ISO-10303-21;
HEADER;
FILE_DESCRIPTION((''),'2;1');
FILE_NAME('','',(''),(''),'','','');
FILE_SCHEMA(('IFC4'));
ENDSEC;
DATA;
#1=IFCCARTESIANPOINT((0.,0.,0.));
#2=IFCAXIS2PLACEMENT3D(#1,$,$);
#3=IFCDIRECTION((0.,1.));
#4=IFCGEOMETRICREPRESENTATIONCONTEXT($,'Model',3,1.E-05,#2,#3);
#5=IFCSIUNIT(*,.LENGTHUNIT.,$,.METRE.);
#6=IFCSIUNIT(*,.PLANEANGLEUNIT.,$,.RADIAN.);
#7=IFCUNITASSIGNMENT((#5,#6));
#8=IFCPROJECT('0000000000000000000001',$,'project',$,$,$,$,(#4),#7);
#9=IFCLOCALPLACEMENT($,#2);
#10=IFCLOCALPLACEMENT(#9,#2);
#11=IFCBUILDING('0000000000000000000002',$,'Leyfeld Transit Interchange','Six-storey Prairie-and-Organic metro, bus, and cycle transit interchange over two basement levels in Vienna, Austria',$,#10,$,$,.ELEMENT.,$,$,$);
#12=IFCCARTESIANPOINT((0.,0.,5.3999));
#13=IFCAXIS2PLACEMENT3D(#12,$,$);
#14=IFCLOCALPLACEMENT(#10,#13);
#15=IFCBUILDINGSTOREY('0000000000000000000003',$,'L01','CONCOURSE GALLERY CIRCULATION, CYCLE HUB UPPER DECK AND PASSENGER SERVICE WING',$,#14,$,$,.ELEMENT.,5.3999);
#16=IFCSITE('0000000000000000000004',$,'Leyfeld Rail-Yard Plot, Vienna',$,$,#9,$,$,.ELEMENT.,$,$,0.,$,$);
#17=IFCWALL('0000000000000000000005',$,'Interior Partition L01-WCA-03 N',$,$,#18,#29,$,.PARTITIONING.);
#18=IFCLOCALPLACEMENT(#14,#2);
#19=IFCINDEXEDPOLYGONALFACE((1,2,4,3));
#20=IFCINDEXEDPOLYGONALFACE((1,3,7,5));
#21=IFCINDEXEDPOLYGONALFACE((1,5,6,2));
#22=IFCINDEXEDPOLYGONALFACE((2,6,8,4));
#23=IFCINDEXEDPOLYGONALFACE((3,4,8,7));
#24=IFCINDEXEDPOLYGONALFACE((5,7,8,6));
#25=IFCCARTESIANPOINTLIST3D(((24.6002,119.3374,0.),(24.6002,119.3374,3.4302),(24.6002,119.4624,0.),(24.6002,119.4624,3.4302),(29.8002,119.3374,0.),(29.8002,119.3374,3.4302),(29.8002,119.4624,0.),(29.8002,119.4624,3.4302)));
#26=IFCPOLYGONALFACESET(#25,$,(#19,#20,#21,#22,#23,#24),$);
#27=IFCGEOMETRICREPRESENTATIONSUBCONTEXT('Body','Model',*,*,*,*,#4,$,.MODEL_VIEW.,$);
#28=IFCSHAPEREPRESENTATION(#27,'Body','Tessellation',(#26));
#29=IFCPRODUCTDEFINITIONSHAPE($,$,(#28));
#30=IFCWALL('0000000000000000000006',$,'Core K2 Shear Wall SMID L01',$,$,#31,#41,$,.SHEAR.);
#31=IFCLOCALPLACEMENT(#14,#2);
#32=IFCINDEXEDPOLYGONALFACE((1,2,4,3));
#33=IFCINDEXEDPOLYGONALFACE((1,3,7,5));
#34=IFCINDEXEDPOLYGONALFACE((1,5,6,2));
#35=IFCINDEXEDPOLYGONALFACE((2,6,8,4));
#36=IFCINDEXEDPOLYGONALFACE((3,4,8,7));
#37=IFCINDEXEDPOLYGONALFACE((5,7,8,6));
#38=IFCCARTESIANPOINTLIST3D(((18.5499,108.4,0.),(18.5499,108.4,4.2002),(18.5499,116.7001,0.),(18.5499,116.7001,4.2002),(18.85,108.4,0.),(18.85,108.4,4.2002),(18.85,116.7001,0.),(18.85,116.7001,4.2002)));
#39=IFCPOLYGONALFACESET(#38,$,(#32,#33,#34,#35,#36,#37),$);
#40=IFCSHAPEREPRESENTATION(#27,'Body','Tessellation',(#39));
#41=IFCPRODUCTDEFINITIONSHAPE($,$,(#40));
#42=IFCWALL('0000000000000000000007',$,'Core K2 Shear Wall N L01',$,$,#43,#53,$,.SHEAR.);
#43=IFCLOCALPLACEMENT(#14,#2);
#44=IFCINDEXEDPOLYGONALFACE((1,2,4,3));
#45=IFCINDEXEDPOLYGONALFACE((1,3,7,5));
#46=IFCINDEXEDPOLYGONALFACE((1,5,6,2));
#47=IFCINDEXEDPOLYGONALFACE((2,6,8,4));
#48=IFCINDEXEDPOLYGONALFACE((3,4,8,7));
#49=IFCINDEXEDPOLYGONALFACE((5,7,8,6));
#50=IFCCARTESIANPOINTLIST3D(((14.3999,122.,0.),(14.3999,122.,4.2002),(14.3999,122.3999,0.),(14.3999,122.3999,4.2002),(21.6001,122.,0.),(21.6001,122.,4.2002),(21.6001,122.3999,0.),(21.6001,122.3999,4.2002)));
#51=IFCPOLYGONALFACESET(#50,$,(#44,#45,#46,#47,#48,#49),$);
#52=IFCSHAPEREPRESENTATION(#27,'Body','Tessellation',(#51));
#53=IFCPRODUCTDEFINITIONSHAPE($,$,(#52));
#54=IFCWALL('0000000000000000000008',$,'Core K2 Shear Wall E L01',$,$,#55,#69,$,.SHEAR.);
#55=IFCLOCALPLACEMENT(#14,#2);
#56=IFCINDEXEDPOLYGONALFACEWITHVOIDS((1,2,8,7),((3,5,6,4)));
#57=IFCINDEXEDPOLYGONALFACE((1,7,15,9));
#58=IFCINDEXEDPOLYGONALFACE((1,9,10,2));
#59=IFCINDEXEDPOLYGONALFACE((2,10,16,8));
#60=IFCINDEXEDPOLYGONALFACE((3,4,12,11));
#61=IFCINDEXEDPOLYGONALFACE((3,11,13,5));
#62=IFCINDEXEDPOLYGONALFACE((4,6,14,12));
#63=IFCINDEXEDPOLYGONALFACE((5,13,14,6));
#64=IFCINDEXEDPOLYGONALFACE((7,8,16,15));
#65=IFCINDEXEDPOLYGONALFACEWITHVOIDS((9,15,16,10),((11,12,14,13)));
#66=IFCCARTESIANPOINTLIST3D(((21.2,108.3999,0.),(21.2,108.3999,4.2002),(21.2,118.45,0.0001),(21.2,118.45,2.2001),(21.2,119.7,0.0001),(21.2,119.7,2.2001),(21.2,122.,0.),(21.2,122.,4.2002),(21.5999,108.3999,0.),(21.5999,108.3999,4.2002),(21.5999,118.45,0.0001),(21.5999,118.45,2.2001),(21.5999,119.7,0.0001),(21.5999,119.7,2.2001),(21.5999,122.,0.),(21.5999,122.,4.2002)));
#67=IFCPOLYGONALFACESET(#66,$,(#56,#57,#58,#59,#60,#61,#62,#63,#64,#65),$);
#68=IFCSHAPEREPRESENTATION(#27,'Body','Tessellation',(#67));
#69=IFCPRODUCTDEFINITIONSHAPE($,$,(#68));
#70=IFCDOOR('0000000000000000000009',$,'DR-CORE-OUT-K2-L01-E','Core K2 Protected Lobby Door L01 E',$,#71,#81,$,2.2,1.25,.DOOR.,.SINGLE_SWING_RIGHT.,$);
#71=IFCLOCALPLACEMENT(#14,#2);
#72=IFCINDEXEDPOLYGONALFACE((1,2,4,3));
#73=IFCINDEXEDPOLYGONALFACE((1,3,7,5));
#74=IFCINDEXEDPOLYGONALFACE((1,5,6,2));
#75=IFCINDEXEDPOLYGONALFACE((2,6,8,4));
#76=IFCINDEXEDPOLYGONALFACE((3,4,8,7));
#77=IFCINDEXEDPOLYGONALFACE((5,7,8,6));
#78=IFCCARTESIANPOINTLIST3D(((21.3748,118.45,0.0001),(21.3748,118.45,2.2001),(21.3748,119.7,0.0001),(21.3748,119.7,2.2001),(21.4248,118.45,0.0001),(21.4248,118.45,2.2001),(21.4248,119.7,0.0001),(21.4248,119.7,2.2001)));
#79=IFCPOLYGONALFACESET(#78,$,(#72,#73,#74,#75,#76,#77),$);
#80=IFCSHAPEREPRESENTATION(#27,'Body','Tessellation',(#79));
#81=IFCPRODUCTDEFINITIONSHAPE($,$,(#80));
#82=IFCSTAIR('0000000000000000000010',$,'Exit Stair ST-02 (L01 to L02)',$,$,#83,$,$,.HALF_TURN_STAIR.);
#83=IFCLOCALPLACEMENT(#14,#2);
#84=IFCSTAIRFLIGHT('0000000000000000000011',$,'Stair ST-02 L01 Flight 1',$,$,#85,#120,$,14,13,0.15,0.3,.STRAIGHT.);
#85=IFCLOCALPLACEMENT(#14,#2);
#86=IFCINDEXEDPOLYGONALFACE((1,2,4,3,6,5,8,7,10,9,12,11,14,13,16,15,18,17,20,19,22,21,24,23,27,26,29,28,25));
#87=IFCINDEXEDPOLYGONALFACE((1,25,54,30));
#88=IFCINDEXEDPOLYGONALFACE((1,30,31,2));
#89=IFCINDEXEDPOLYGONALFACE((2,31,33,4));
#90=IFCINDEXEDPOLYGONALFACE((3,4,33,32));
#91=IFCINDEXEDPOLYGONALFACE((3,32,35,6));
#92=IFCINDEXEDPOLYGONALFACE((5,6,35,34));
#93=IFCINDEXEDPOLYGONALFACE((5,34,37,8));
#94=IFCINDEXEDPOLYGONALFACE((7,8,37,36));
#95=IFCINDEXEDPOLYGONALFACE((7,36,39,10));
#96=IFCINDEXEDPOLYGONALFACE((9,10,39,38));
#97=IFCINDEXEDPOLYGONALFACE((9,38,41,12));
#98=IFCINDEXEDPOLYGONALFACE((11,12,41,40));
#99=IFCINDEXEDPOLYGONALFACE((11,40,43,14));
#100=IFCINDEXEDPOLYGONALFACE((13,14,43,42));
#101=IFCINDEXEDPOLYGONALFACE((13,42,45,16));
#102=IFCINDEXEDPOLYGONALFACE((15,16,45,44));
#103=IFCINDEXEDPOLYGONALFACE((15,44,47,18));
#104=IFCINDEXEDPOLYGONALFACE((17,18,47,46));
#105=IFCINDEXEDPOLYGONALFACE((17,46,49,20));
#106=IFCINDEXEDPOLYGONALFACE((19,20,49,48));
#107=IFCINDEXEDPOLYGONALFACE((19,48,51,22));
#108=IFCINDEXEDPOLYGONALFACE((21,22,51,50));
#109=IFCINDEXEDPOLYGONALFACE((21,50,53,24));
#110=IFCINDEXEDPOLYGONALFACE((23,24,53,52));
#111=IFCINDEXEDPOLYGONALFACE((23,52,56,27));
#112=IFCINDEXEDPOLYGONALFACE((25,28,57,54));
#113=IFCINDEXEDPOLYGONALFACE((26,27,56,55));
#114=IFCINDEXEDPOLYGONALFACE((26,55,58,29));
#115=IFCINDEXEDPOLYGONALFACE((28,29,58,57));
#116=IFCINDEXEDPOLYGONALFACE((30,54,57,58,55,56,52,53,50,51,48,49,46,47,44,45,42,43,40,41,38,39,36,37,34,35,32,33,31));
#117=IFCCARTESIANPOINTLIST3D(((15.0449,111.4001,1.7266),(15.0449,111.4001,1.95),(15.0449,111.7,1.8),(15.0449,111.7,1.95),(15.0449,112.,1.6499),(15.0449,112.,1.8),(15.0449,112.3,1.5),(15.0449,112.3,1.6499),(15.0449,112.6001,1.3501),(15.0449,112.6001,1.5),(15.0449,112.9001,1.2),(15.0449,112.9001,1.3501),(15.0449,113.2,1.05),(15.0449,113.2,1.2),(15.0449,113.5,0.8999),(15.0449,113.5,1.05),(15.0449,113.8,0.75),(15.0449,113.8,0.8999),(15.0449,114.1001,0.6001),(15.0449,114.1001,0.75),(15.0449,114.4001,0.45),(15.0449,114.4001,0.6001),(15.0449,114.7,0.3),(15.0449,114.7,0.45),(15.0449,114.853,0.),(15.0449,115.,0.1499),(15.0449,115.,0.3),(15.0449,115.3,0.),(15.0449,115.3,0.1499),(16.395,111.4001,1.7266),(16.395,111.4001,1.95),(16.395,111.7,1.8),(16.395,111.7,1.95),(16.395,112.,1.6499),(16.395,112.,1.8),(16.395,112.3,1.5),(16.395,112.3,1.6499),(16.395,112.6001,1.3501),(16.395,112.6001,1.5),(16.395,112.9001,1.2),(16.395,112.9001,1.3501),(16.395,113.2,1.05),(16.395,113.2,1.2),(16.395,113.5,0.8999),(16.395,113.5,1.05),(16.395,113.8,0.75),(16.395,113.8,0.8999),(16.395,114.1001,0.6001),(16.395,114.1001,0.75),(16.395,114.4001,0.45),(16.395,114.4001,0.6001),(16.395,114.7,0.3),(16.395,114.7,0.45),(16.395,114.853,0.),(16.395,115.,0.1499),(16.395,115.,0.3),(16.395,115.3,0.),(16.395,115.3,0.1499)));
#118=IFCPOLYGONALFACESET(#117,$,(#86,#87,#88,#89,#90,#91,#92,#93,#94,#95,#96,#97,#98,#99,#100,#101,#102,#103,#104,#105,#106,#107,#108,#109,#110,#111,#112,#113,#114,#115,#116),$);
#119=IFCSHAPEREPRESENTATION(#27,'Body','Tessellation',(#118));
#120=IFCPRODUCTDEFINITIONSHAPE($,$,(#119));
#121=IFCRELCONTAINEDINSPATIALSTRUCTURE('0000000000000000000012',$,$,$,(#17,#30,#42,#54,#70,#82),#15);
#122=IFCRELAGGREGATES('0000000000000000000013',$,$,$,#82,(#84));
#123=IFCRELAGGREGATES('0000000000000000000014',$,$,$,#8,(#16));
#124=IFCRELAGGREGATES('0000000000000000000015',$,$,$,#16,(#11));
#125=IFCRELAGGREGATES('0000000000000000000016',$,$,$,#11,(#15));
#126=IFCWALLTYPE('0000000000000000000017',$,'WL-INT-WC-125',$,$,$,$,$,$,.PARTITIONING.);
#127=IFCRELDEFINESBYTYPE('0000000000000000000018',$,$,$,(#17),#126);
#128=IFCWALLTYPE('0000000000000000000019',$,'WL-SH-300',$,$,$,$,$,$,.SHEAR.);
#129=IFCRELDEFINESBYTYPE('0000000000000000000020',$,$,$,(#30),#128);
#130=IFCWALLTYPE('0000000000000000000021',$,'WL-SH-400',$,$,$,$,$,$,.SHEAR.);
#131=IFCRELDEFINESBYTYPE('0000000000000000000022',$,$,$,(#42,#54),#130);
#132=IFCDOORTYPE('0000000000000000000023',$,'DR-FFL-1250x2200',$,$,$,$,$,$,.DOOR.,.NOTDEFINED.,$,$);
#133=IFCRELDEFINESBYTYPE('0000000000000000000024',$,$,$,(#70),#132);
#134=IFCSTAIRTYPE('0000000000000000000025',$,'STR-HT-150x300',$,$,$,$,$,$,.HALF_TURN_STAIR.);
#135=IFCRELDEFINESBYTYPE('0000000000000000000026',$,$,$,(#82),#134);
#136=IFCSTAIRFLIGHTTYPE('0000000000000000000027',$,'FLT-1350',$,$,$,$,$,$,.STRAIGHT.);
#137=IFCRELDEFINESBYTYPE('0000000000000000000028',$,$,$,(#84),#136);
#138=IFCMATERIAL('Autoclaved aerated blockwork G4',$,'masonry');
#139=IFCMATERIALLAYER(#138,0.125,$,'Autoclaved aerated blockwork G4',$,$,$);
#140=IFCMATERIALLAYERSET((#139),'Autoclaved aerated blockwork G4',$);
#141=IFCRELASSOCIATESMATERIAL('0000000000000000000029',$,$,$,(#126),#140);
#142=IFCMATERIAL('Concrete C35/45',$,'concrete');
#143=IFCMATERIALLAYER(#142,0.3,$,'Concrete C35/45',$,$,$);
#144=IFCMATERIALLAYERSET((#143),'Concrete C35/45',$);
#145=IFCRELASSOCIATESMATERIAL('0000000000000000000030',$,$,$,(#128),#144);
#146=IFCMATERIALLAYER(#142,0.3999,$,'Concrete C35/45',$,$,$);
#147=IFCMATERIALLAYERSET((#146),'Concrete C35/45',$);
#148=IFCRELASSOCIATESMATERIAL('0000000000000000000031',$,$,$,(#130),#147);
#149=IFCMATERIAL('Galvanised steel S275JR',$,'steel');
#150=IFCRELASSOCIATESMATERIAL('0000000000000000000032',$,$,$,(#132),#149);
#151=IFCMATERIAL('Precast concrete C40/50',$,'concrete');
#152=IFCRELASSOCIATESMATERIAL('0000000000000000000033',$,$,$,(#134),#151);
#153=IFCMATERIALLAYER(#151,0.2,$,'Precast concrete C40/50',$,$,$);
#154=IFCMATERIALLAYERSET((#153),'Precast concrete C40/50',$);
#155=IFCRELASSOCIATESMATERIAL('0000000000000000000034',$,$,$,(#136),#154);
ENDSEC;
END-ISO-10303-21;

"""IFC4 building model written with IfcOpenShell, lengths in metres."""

from ifc_helpers import new_model, si_unit, direction, frame, frame_2d, origin, place, context, subcontext, project, spatial, polyline, rectangle, outline, extrude, material, layer, layer_set, type_object, element, fill, aggregate, save


model = new_model("IFC4")

# Units and contexts
model_context = context("Model", 3, precision=1e-05, world=origin(), true_north=direction((0.0, 1.0)))
body_context = subcontext(model_context, "Body", "Model", "MODEL_VIEW")
ifc_project = project(units=[si_unit("LENGTHUNIT", "METRE"), si_unit("PLANEANGLEUNIT", "RADIAN")], contexts=[model_context])

# Site, building, storey
site_placement = place(None, origin())
site = spatial("IfcSite", under=ifc_project, at=site_placement, Name="Leyfeld Rail-Yard Plot, Vienna", CompositionType="ELEMENT", RefElevation=0.0)
building_placement = place(site_placement, origin())
building = spatial("IfcBuilding", under=site, at=building_placement, Name="Leyfeld Transit Interchange", Description="Six-storey Prairie-and-Organic metro, bus, and cycle transit interchange over two basement levels in Vienna, Austria", CompositionType="ELEMENT")
storey_placement = place(building_placement, frame((0.0, 0.0, 5.3999)))
storey = spatial("IfcBuildingStorey", under=building, at=storey_placement, Name="L01", Description="CONCOURSE GALLERY CIRCULATION, CYCLE HUB UPPER DECK AND PASSENGER SERVICE WING", CompositionType="ELEMENT", Elevation=5.3999)

# Shared definitions
ifc_material_1 = material(Name="Concrete C35/45", Category="concrete")

# Walls
ifc_material_2 = material(Name="Autoclaved aerated blockwork G4", Category="masonry")
ifc_layer_1 = layer(ifc_material_2, 0.125, Name="Autoclaved aerated blockwork G4")
ifc_layer_set_1 = layer_set([ifc_layer_1], Name="Autoclaved aerated blockwork G4")
wall_type_1 = type_object("IfcWallType", Name="WL-INT-WC-125", PredefinedType="PARTITIONING", material=ifc_layer_set_1)
wall_1_placement = place(storey_placement, frame((24.6001, 119.3999, 0.0), z_axis=(0.0, 0.0, 1.0), x_axis=(1.0, 0.0, 0.0)))
element("IfcWall", 1, at=wall_1_placement, inside=storey, type_object=wall_type_1, Name="Interior Partition L01-WCA-03 N", PredefinedType="PARTITIONING", context=body_context, shape_type="SweptSolid", body=[
    extrude(rectangle(XDim=5.2, YDim=0.125, at=frame_2d((2.6001, 0.0))), origin(), (0.0, 0.0, 1.0), 3.4302),
])
ifc_layer_2 = layer(ifc_material_1, 0.3, Name="Concrete C35/45")
ifc_layer_set_2 = layer_set([ifc_layer_2], Name="Concrete C35/45")
wall_type_2 = type_object("IfcWallType", Name="WL-SH-300", PredefinedType="SHEAR", material=ifc_layer_set_2)
wall_2_placement = place(storey_placement, frame((18.7, 116.7, 0.0), z_axis=(0.0, 0.0, 1.0), x_axis=(0.0, -1.0, 0.0)))
element("IfcWall", 2, at=wall_2_placement, inside=storey, type_object=wall_type_2, Name="Core K2 Shear Wall SMID L01", PredefinedType="SHEAR", context=body_context, shape_type="SweptSolid", body=[
    extrude(rectangle(XDim=8.3, YDim=0.3, at=frame_2d((4.1499, 0.0))), origin(), (0.0, 0.0, 1.0), 4.2002),
])

# Shared definitions
ifc_material_3 = material(Name="Galvanised steel S275JR", Category="steel")

# Wall
ifc_layer_3 = layer(ifc_material_1, 0.3999, Name="Concrete C35/45")
ifc_layer_set_3 = layer_set([ifc_layer_3], Name="Concrete C35/45")
wall_type_3 = type_object("IfcWallType", Name="WL-SH-400", PredefinedType="SHEAR", material=ifc_layer_set_3)
wall_3_placement = place(storey_placement, frame((14.3999, 122.2, 0.0), z_axis=(0.0, 0.0, 1.0), x_axis=(1.0, 0.0, 0.0)))
element("IfcWall", 3, at=wall_3_placement, inside=storey, type_object=wall_type_3, Name="Core K2 Shear Wall N L01", PredefinedType="SHEAR", context=body_context, shape_type="SweptSolid", body=[
    extrude(rectangle(XDim=7.2002, YDim=0.3999, at=frame_2d((3.6001, 0.0))), origin(), (0.0, 0.0, 1.0), 4.2002),
])

# Wall, opening, door
wall_4_placement = place(storey_placement, frame((21.3999, 122.0, 0.0), z_axis=(0.0, 0.0, 1.0), x_axis=(0.0, -1.0, 0.0)))
wall_4 = element("IfcWall", 4, at=wall_4_placement, inside=storey, type_object=wall_type_3, Name="Core K2 Shear Wall E L01", PredefinedType="SHEAR", context=body_context, shape_type="SweptSolid", body=[
    extrude(rectangle(XDim=13.6001, YDim=0.3999, at=frame_2d((6.8, 0.0))), origin(), (0.0, 0.0, 1.0), 4.2002),
])
opening_1_placement = place(wall_4_placement, frame((2.3, 0.0, 0.0)))
opening_1 = element("IfcOpeningElement", 5, at=opening_1_placement, cuts=wall_4, PredefinedType="OPENING", context=body_context, shape_type="SweptSolid", body=[
    extrude(rectangle(XDim=1.25, YDim=2.2, at=frame_2d((0.625, 1.1001))), frame((0.0, 0.21, 0.0), z_axis=(0.0, -1.0, 0.0), x_axis=(1.0, 0.0, 0.0)), (0.0, 0.0, 1.0), 0.4199),
])
door_type_1 = type_object("IfcDoorType", Name="DR-FFL-1250x2200", OperationType="NOTDEFINED", PredefinedType="DOOR", material=ifc_material_3)
door_1_placement = place(opening_1_placement, origin())
door_1 = element("IfcDoor", 6, at=door_1_placement, inside=storey, type_object=door_type_1, Name="DR-CORE-OUT-K2-L01-E", Description="Core K2 Protected Lobby Door L01 E", OperationType="SINGLE_SWING_RIGHT", OverallHeight=2.2, OverallWidth=1.25, PredefinedType="DOOR", context=body_context, shape_type="SweptSolid", body=[
    extrude(rectangle(XDim=1.25, YDim=2.2, at=frame_2d((0.625, 1.1001))), frame((0.0, 0.0249, 0.0), z_axis=(0.0, -1.0, 0.0), x_axis=(1.0, 0.0, 0.0)), (0.0, 0.0, 1.0), 0.05),
])
fill(opening_1, door_1)

# Stair, stair flight
ifc_material_4 = material(Name="Precast concrete C40/50", Category="concrete")
stair_type = type_object("IfcStairType", Name="STR-HT-150x300", PredefinedType="HALF_TURN_STAIR", material=ifc_material_4)
stair_placement = place(storey_placement, origin())
stair = element("IfcStair", 7, at=stair_placement, inside=storey, type_object=stair_type, Name="Exit Stair ST-02 (L01 to L02)", PredefinedType="HALF_TURN_STAIR")
ifc_layer_4 = layer(ifc_material_4, 0.2, Name="Precast concrete C40/50")
ifc_layer_set_4 = layer_set([ifc_layer_4], Name="Precast concrete C40/50")
stair_flight_type = type_object("IfcStairFlightType", Name="FLT-1350", PredefinedType="STRAIGHT", material=ifc_layer_set_4)
stair_flight_placement = place(storey_placement, frame((15.72, 115.3, 0.0), z_axis=(0.0, 0.0, 1.0), x_axis=(0.0, -1.0, 0.0)))
stair_flight = element("IfcStairFlight", 8, at=stair_flight_placement, type_object=stair_flight_type, Name="Stair ST-02 L01 Flight 1", NumberOfRisers=14, NumberOfTreads=13, PredefinedType="STRAIGHT", RiserHeight=0.15, TreadLength=0.3, context=body_context, shape_type="SweptSolid", body=[
    extrude(outline(polyline([(0.0, 0.0), (0.0, 0.1499), (0.3, 0.1499), (0.3, 0.3), (0.6001, 0.3), (0.6001, 0.45), (0.8999, 0.45), (0.8999, 0.6001), (1.2, 0.6001), (1.2, 0.75), (1.5, 0.75), (1.5, 0.8999), (1.8, 0.8999), (1.8, 1.05), (2.1001, 1.05), (2.1001, 1.2), (2.3999, 1.2), (2.3999, 1.3501), (2.7, 1.3501), (2.7, 1.5), (3.0, 1.5), (3.0, 1.6499), (3.3, 1.6499), (3.3, 1.8), (3.6001, 1.8), (3.6001, 1.95), (3.8999, 1.95), (3.8999, 2.1001), (3.8999, 1.7266), (0.447, 0.0), (0.0, 0.0)])), frame((0.0, 0.675, 0.0), z_axis=(0.0, -1.0, 0.0), x_axis=(1.0, 0.0, 0.0)), (0.0, 0.0, 1.0), 1.3501),
])
aggregate(stair, [stair_flight])

save(model, "model.ifc")
